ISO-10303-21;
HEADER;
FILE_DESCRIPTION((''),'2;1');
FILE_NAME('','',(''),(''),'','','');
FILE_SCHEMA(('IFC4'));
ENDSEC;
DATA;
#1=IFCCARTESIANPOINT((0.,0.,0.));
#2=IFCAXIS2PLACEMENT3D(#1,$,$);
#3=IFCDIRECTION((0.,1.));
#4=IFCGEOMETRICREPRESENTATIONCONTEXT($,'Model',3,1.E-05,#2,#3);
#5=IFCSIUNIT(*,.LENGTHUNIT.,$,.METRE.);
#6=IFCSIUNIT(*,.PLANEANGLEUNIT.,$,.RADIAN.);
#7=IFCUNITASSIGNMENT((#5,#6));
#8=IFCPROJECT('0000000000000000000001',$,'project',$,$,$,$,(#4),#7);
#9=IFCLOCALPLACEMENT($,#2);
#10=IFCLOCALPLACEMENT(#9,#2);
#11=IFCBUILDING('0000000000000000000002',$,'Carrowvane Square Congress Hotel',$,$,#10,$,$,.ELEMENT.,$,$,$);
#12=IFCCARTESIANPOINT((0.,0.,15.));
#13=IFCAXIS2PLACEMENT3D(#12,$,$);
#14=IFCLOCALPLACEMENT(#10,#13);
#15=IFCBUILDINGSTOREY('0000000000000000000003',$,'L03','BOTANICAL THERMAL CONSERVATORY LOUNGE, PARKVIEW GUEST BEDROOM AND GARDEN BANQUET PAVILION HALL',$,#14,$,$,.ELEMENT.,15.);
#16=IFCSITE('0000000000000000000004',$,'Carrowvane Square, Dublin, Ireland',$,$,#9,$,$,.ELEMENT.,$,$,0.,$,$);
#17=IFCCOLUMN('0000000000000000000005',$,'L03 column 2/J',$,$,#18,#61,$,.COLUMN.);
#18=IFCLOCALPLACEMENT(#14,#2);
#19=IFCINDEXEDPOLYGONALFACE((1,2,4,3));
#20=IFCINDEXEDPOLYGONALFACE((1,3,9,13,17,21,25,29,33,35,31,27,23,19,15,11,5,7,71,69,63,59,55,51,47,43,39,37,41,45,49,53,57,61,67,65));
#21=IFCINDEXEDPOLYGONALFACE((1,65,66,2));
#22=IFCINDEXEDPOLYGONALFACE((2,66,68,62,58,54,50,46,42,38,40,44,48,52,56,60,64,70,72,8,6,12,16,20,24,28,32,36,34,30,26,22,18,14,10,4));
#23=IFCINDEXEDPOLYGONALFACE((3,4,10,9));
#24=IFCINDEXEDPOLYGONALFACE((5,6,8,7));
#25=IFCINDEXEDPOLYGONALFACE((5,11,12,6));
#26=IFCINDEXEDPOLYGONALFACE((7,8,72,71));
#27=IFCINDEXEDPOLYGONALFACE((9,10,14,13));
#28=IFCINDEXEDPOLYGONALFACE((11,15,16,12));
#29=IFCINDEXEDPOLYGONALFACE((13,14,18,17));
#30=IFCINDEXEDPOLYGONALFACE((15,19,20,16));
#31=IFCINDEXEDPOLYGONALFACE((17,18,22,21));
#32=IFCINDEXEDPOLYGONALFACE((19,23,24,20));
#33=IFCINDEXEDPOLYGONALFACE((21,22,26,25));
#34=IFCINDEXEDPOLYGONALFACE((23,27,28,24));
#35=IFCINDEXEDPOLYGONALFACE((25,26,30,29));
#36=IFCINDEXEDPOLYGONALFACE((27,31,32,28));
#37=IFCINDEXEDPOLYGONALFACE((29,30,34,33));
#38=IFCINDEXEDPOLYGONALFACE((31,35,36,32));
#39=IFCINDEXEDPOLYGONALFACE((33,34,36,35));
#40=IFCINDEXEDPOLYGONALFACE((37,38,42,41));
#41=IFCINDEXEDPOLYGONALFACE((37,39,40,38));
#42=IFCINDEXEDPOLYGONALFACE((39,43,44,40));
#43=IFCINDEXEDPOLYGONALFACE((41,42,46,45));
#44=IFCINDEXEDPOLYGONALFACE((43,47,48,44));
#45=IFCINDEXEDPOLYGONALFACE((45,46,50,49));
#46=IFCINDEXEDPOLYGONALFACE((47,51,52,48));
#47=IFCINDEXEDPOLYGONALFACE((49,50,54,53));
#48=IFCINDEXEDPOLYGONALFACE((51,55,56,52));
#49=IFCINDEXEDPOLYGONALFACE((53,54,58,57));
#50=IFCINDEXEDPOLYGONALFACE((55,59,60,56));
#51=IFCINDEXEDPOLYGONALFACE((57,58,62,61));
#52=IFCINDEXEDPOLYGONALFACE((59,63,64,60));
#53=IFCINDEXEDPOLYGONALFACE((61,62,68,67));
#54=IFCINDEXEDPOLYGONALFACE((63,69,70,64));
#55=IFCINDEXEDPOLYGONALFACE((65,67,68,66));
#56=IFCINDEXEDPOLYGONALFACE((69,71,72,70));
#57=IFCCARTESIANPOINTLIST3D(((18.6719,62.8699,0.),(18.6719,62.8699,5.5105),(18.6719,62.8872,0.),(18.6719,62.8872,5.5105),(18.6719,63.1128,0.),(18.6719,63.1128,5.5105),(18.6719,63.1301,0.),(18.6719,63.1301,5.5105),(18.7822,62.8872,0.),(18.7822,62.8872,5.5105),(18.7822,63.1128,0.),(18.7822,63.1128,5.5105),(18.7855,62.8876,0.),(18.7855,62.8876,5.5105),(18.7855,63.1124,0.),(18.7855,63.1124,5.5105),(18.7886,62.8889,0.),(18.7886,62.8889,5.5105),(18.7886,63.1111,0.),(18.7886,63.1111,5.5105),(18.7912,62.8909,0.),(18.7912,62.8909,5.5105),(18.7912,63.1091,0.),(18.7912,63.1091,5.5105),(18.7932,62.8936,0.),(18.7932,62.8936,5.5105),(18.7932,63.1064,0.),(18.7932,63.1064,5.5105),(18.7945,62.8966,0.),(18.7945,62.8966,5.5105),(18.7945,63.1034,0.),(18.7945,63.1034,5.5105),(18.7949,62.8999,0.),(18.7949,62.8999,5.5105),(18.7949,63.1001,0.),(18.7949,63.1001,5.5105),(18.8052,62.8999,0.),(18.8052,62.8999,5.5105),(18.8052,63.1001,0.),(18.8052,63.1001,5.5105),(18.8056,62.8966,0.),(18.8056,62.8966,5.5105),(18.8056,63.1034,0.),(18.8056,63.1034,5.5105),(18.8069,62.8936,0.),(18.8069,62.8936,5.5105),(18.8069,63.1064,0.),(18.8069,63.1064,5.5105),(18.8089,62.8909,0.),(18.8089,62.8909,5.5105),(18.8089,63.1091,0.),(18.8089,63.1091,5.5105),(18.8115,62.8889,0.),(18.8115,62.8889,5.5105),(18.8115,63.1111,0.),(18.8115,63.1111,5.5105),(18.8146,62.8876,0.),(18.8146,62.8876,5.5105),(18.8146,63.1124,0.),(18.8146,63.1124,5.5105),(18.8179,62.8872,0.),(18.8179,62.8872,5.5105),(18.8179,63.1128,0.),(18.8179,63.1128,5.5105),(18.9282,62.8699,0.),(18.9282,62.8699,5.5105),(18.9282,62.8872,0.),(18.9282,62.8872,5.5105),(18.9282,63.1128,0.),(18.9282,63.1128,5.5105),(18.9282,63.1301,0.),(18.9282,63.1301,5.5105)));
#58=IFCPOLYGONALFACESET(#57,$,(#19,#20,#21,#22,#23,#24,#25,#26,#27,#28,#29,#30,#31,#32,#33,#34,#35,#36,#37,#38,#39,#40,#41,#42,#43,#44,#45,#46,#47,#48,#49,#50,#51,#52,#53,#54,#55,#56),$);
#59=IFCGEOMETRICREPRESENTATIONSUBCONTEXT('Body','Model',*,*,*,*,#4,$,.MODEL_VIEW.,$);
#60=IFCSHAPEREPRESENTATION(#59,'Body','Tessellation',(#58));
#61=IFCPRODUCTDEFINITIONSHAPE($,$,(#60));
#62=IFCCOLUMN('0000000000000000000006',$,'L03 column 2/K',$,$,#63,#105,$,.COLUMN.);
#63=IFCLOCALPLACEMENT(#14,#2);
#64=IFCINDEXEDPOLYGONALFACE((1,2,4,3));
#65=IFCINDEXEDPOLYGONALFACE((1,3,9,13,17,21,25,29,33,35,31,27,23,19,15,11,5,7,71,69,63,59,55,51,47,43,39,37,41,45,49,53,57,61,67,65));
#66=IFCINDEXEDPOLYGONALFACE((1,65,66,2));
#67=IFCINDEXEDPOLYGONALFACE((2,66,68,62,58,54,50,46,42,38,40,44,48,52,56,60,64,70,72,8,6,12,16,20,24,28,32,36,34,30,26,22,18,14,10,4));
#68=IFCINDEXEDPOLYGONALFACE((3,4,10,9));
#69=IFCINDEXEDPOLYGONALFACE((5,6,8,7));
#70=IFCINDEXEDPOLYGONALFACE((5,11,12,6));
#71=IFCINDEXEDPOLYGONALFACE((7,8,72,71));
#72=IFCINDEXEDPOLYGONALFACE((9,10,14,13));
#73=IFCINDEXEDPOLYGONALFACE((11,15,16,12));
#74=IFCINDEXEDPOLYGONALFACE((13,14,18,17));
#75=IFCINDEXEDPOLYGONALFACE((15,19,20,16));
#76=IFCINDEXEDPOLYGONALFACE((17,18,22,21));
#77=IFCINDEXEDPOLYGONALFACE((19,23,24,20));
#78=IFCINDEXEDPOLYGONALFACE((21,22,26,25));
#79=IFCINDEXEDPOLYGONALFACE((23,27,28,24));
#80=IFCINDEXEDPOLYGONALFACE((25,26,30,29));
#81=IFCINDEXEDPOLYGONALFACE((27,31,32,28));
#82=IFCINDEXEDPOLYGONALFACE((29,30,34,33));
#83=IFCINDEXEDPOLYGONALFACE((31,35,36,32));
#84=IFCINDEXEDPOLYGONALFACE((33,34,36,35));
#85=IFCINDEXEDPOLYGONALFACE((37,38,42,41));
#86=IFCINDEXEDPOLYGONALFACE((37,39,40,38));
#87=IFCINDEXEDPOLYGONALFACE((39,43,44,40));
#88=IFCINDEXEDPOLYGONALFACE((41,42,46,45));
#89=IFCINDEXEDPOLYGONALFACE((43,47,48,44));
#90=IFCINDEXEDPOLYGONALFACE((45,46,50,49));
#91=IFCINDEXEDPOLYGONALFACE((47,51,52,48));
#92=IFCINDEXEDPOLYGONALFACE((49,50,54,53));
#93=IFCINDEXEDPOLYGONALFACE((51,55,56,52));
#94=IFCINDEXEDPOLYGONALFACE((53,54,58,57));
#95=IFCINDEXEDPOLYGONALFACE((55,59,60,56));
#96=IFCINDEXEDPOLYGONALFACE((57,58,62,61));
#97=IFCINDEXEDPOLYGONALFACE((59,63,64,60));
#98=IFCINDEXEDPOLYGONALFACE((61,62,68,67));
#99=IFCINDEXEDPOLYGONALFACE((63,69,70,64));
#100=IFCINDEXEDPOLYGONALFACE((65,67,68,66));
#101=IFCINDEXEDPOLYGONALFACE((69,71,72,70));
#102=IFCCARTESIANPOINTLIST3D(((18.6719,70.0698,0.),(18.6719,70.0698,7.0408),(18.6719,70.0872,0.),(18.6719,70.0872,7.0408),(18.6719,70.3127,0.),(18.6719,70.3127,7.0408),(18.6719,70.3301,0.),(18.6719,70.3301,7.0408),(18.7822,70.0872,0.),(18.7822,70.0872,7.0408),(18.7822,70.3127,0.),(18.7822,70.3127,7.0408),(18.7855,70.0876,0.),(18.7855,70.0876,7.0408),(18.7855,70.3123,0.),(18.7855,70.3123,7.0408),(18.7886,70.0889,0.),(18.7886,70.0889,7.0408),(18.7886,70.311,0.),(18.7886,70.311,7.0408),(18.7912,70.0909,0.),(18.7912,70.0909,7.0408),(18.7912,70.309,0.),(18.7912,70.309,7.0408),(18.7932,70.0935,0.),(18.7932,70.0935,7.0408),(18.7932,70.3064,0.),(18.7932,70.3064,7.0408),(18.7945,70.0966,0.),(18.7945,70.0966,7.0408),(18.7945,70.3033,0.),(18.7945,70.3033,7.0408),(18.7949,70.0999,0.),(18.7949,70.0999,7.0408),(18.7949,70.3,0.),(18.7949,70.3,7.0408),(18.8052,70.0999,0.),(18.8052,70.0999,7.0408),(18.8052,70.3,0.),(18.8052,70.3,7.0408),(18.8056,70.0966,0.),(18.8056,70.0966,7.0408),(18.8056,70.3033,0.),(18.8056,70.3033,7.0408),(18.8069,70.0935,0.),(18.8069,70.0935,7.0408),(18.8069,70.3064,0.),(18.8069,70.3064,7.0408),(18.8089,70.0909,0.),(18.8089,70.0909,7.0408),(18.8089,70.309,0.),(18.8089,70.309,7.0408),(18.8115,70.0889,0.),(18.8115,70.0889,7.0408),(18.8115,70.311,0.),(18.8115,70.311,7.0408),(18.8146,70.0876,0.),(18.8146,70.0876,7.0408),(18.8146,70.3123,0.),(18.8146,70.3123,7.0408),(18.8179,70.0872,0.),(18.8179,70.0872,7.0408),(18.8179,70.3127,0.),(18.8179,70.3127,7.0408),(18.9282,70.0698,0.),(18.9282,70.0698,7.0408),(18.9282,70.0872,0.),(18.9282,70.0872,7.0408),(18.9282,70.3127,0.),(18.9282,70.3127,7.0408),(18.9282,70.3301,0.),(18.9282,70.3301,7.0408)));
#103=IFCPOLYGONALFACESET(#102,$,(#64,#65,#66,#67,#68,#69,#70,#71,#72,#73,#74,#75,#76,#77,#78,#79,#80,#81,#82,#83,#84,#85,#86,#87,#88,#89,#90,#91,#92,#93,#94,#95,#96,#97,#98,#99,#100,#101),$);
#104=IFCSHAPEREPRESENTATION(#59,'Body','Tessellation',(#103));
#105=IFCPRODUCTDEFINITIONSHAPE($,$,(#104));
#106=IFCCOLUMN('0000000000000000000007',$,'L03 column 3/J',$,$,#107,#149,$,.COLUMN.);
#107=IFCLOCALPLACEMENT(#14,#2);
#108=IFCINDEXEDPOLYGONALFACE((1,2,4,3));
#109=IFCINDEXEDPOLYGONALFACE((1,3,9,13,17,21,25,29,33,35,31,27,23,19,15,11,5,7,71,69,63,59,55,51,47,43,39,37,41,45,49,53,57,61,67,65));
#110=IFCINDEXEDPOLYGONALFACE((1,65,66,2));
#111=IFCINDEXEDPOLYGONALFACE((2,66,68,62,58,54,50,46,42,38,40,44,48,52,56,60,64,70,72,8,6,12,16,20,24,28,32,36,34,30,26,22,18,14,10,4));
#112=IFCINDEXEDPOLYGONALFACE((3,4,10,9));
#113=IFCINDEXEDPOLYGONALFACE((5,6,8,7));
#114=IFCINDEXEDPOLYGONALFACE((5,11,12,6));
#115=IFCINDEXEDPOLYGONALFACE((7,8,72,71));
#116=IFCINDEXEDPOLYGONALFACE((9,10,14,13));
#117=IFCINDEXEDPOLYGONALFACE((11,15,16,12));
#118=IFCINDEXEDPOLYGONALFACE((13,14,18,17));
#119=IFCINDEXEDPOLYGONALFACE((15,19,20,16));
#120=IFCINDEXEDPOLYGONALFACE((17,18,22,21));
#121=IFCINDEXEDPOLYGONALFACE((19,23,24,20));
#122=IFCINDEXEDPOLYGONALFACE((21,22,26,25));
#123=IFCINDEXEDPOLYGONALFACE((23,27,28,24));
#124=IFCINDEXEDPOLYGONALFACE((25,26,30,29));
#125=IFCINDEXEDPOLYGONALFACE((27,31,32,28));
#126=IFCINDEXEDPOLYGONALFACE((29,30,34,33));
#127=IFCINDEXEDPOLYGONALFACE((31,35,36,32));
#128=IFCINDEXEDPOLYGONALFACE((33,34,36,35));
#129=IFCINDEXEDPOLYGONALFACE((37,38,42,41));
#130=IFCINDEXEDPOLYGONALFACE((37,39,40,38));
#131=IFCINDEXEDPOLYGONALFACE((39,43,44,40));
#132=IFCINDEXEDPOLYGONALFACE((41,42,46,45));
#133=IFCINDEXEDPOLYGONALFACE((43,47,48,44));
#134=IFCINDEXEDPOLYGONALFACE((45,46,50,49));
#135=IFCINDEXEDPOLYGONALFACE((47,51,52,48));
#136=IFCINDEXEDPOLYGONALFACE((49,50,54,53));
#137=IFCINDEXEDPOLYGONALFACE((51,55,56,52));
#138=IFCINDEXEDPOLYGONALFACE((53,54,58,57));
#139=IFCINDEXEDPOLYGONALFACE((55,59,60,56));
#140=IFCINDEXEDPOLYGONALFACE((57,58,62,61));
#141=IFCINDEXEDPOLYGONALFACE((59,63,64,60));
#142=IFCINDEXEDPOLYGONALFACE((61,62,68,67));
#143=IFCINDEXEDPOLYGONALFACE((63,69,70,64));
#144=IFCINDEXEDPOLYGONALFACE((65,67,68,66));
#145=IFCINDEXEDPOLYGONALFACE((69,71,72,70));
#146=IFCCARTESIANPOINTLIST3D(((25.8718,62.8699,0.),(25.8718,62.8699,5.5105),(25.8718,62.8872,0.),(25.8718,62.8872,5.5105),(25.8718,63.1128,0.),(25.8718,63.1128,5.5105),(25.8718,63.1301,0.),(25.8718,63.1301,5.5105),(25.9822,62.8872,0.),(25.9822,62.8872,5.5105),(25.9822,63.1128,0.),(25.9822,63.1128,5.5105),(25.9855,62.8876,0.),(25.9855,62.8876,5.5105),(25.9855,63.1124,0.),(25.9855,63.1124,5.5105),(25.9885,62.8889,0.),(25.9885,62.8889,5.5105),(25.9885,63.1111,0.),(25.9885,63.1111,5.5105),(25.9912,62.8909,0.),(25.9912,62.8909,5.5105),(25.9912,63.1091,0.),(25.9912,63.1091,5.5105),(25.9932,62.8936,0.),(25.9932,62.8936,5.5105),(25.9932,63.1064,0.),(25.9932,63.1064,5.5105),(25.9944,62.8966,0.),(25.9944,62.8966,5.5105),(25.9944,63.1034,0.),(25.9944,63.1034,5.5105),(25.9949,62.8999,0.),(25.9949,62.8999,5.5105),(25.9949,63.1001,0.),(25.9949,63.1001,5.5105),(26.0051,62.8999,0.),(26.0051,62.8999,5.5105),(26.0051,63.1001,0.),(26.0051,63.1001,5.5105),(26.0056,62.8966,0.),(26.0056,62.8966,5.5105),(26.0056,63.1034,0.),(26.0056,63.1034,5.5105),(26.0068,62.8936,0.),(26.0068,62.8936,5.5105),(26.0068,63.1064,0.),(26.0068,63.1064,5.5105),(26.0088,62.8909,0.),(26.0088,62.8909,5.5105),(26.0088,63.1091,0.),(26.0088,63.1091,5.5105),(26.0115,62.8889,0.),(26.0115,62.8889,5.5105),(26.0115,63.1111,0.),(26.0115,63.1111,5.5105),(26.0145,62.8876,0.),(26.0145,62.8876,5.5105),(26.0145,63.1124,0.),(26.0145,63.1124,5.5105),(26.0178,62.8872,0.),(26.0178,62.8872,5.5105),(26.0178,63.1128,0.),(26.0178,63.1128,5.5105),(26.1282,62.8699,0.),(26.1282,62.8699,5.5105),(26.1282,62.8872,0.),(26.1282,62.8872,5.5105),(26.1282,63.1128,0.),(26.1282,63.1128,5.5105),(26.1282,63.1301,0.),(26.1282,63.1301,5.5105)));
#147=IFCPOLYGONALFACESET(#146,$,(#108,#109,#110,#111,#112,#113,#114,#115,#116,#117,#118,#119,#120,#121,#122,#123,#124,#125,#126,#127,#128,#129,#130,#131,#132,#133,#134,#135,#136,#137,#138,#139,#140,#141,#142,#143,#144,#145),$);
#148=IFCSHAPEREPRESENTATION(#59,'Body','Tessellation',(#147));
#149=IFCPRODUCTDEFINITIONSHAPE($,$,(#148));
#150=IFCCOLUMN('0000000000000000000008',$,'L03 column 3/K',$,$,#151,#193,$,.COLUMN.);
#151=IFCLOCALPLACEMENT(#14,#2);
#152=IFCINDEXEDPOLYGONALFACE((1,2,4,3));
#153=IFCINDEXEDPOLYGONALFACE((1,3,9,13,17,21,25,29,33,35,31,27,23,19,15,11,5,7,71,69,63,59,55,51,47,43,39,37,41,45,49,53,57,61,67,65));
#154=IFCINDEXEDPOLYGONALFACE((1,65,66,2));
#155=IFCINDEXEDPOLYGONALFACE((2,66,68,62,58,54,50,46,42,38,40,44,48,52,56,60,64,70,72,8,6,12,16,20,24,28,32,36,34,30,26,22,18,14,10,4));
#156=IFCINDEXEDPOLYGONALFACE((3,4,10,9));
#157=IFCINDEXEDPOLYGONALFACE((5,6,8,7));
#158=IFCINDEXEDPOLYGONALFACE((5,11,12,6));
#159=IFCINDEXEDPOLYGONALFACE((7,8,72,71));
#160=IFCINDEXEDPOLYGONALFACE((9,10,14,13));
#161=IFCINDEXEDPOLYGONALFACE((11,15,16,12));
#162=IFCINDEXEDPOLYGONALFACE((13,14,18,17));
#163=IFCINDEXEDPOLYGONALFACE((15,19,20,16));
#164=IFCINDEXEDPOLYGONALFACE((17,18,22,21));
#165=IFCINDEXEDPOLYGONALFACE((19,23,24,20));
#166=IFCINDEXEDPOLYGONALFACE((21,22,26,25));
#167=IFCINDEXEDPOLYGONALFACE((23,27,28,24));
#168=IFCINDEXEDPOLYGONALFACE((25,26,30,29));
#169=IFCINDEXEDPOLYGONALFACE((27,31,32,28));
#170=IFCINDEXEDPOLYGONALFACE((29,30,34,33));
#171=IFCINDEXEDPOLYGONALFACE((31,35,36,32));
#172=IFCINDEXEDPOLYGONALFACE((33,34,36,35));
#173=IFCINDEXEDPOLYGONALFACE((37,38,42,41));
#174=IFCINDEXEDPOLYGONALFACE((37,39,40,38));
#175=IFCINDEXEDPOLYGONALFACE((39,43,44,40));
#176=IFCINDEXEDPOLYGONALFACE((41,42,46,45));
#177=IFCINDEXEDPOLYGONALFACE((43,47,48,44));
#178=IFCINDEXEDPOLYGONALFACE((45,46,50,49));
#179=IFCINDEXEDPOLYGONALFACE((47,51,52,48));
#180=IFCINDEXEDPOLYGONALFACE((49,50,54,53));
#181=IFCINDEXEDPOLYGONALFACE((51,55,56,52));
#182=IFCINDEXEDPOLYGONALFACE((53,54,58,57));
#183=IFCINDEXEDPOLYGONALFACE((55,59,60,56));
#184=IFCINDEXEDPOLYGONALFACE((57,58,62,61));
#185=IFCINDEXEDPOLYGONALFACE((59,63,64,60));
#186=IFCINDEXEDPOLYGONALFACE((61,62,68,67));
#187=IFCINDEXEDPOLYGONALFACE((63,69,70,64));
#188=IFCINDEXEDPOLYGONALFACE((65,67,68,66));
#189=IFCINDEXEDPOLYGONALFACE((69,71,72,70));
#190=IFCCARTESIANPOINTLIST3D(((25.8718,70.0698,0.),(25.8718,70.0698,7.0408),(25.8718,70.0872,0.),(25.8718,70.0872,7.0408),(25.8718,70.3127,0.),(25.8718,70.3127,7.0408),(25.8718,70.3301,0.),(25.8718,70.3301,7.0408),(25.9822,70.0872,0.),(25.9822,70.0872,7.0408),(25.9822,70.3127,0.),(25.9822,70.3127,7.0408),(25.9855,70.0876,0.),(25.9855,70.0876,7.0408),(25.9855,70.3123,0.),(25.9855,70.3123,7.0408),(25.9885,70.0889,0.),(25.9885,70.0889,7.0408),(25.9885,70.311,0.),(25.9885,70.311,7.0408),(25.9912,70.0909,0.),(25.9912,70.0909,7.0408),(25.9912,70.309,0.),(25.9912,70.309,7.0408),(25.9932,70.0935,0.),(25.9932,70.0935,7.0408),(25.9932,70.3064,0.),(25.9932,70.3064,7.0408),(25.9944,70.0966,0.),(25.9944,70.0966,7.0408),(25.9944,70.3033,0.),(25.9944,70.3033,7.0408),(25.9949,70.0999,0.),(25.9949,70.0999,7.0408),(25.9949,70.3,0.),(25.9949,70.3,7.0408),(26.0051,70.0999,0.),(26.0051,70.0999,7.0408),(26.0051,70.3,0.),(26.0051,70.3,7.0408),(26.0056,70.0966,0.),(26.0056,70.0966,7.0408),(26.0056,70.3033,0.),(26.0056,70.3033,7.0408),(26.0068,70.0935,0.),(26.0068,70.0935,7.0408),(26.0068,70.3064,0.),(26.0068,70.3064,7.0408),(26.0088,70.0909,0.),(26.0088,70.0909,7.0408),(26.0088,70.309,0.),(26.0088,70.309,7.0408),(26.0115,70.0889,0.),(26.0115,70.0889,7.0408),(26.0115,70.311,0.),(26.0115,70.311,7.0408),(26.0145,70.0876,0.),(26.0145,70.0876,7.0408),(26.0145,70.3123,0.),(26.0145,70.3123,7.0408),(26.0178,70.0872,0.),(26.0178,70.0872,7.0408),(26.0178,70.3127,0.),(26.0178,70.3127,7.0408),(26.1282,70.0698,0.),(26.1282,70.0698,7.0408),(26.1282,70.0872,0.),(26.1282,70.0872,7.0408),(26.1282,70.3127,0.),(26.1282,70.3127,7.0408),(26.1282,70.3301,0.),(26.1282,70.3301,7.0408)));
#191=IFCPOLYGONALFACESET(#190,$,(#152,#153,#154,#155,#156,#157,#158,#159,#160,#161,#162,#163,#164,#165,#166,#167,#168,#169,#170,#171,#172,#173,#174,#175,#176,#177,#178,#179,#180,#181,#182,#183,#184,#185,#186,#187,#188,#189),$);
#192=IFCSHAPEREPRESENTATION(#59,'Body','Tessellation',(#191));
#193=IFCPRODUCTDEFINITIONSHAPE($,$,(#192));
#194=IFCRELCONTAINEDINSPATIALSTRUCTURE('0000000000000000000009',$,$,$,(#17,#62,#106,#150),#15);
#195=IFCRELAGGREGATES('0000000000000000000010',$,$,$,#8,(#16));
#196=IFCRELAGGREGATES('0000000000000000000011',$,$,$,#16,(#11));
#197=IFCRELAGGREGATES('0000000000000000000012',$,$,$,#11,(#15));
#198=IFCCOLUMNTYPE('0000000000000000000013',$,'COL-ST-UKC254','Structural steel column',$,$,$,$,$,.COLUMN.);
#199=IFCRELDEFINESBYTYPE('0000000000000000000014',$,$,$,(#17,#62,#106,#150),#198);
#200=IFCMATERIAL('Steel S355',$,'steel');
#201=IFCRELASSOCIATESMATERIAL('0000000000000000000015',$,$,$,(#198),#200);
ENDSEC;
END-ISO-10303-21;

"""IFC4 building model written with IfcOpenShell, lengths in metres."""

from ifc_helpers import new_model, si_unit, direction, frame, origin, origin_2d, place, context, subcontext, project, spatial, i_section, extrude, material, material_profile, profile_set, type_object, element, save


model = new_model("IFC4")

# Units and contexts
model_context = context("Model", 3, precision=1e-05, world=origin(), true_north=direction((0.0, 1.0)))
body_context = subcontext(model_context, "Body", "Model", "MODEL_VIEW")
ifc_project = project(units=[si_unit("LENGTHUNIT", "METRE"), si_unit("PLANEANGLEUNIT", "RADIAN")], contexts=[model_context])

# Site, building, storey
site_placement = place(None, origin())
site = spatial("IfcSite", under=ifc_project, at=site_placement, Name="Carrowvane Square, Dublin, Ireland", CompositionType="ELEMENT", RefElevation=0.0)
building_placement = place(site_placement, origin())
building = spatial("IfcBuilding", under=site, at=building_placement, Name="Carrowvane Square Congress Hotel", CompositionType="ELEMENT")
storey_placement = place(building_placement, frame((0.0, 0.0, 15.0)))
storey = spatial("IfcBuildingStorey", under=building, at=storey_placement, Name="L03", Description="BOTANICAL THERMAL CONSERVATORY LOUNGE, PARKVIEW GUEST BEDROOM AND GARDEN BANQUET PAVILION HALL", CompositionType="ELEMENT", Elevation=15.0)

# Columns
ifc_material_1 = material(Name="Steel S355", Category="steel")
ifc_material_profile_1 = material_profile(ifc_material_1, i_section(OverallWidth=0.2563, OverallDepth=0.2603, WebThickness=0.0103, FlangeThickness=0.0173, FilletRadius=0.0127, at=origin_2d()), Name="UKC 254x254x89")
ifc_profile_set_1 = profile_set([ifc_material_profile_1], Name="Steel S355")
column_type = type_object("IfcColumnType", Name="COL-ST-UKC254", Description="Structural steel column", PredefinedType="COLUMN", material=ifc_profile_set_1)
column_1_placement = place(storey_placement, frame((18.8, 63.0, 0.0), z_axis=(0.0, 0.0, 1.0), x_axis=(1.0, 0.0, 0.0)))
element("IfcColumn", 1, at=column_1_placement, inside=storey, type_object=column_type, Name="L03 column 2/J", PredefinedType="COLUMN", context=body_context, shape_type="SweptSolid", body=[
    extrude(i_section(OverallWidth=0.2563, OverallDepth=0.2603, WebThickness=0.0103, FlangeThickness=0.0173, FilletRadius=0.0127, at=origin_2d()), origin(), (0.0, 0.0, 1.0), 5.5105),
])
column_2_placement = place(storey_placement, frame((18.8, 70.2, 0.0), z_axis=(0.0, 0.0, 1.0), x_axis=(1.0, 0.0, 0.0)))
element("IfcColumn", 2, at=column_2_placement, inside=storey, type_object=column_type, Name="L03 column 2/K", PredefinedType="COLUMN", context=body_context, shape_type="SweptSolid", body=[
    extrude(i_section(OverallWidth=0.2563, OverallDepth=0.2603, WebThickness=0.0103, FlangeThickness=0.0173, FilletRadius=0.0127, at=origin_2d()), origin(), (0.0, 0.0, 1.0), 7.0408),
])
column_3_placement = place(storey_placement, frame((26.0, 63.0, 0.0), z_axis=(0.0, 0.0, 1.0), x_axis=(1.0, 0.0, 0.0)))
element("IfcColumn", 3, at=column_3_placement, inside=storey, type_object=column_type, Name="L03 column 3/J", PredefinedType="COLUMN", context=body_context, shape_type="SweptSolid", body=[
    extrude(i_section(OverallWidth=0.2563, OverallDepth=0.2603, WebThickness=0.0103, FlangeThickness=0.0173, FilletRadius=0.0127, at=origin_2d()), origin(), (0.0, 0.0, 1.0), 5.5105),
])
column_4_placement = place(storey_placement, frame((26.0, 70.2, 0.0), z_axis=(0.0, 0.0, 1.0), x_axis=(1.0, 0.0, 0.0)))
element("IfcColumn", 4, at=column_4_placement, inside=storey, type_object=column_type, Name="L03 column 3/K", PredefinedType="COLUMN", context=body_context, shape_type="SweptSolid", body=[
    extrude(i_section(OverallWidth=0.2563, OverallDepth=0.2603, WebThickness=0.0103, FlangeThickness=0.0173, FilletRadius=0.0127, at=origin_2d()), origin(), (0.0, 0.0, 1.0), 7.0408),
])

save(model, "model.ifc")
